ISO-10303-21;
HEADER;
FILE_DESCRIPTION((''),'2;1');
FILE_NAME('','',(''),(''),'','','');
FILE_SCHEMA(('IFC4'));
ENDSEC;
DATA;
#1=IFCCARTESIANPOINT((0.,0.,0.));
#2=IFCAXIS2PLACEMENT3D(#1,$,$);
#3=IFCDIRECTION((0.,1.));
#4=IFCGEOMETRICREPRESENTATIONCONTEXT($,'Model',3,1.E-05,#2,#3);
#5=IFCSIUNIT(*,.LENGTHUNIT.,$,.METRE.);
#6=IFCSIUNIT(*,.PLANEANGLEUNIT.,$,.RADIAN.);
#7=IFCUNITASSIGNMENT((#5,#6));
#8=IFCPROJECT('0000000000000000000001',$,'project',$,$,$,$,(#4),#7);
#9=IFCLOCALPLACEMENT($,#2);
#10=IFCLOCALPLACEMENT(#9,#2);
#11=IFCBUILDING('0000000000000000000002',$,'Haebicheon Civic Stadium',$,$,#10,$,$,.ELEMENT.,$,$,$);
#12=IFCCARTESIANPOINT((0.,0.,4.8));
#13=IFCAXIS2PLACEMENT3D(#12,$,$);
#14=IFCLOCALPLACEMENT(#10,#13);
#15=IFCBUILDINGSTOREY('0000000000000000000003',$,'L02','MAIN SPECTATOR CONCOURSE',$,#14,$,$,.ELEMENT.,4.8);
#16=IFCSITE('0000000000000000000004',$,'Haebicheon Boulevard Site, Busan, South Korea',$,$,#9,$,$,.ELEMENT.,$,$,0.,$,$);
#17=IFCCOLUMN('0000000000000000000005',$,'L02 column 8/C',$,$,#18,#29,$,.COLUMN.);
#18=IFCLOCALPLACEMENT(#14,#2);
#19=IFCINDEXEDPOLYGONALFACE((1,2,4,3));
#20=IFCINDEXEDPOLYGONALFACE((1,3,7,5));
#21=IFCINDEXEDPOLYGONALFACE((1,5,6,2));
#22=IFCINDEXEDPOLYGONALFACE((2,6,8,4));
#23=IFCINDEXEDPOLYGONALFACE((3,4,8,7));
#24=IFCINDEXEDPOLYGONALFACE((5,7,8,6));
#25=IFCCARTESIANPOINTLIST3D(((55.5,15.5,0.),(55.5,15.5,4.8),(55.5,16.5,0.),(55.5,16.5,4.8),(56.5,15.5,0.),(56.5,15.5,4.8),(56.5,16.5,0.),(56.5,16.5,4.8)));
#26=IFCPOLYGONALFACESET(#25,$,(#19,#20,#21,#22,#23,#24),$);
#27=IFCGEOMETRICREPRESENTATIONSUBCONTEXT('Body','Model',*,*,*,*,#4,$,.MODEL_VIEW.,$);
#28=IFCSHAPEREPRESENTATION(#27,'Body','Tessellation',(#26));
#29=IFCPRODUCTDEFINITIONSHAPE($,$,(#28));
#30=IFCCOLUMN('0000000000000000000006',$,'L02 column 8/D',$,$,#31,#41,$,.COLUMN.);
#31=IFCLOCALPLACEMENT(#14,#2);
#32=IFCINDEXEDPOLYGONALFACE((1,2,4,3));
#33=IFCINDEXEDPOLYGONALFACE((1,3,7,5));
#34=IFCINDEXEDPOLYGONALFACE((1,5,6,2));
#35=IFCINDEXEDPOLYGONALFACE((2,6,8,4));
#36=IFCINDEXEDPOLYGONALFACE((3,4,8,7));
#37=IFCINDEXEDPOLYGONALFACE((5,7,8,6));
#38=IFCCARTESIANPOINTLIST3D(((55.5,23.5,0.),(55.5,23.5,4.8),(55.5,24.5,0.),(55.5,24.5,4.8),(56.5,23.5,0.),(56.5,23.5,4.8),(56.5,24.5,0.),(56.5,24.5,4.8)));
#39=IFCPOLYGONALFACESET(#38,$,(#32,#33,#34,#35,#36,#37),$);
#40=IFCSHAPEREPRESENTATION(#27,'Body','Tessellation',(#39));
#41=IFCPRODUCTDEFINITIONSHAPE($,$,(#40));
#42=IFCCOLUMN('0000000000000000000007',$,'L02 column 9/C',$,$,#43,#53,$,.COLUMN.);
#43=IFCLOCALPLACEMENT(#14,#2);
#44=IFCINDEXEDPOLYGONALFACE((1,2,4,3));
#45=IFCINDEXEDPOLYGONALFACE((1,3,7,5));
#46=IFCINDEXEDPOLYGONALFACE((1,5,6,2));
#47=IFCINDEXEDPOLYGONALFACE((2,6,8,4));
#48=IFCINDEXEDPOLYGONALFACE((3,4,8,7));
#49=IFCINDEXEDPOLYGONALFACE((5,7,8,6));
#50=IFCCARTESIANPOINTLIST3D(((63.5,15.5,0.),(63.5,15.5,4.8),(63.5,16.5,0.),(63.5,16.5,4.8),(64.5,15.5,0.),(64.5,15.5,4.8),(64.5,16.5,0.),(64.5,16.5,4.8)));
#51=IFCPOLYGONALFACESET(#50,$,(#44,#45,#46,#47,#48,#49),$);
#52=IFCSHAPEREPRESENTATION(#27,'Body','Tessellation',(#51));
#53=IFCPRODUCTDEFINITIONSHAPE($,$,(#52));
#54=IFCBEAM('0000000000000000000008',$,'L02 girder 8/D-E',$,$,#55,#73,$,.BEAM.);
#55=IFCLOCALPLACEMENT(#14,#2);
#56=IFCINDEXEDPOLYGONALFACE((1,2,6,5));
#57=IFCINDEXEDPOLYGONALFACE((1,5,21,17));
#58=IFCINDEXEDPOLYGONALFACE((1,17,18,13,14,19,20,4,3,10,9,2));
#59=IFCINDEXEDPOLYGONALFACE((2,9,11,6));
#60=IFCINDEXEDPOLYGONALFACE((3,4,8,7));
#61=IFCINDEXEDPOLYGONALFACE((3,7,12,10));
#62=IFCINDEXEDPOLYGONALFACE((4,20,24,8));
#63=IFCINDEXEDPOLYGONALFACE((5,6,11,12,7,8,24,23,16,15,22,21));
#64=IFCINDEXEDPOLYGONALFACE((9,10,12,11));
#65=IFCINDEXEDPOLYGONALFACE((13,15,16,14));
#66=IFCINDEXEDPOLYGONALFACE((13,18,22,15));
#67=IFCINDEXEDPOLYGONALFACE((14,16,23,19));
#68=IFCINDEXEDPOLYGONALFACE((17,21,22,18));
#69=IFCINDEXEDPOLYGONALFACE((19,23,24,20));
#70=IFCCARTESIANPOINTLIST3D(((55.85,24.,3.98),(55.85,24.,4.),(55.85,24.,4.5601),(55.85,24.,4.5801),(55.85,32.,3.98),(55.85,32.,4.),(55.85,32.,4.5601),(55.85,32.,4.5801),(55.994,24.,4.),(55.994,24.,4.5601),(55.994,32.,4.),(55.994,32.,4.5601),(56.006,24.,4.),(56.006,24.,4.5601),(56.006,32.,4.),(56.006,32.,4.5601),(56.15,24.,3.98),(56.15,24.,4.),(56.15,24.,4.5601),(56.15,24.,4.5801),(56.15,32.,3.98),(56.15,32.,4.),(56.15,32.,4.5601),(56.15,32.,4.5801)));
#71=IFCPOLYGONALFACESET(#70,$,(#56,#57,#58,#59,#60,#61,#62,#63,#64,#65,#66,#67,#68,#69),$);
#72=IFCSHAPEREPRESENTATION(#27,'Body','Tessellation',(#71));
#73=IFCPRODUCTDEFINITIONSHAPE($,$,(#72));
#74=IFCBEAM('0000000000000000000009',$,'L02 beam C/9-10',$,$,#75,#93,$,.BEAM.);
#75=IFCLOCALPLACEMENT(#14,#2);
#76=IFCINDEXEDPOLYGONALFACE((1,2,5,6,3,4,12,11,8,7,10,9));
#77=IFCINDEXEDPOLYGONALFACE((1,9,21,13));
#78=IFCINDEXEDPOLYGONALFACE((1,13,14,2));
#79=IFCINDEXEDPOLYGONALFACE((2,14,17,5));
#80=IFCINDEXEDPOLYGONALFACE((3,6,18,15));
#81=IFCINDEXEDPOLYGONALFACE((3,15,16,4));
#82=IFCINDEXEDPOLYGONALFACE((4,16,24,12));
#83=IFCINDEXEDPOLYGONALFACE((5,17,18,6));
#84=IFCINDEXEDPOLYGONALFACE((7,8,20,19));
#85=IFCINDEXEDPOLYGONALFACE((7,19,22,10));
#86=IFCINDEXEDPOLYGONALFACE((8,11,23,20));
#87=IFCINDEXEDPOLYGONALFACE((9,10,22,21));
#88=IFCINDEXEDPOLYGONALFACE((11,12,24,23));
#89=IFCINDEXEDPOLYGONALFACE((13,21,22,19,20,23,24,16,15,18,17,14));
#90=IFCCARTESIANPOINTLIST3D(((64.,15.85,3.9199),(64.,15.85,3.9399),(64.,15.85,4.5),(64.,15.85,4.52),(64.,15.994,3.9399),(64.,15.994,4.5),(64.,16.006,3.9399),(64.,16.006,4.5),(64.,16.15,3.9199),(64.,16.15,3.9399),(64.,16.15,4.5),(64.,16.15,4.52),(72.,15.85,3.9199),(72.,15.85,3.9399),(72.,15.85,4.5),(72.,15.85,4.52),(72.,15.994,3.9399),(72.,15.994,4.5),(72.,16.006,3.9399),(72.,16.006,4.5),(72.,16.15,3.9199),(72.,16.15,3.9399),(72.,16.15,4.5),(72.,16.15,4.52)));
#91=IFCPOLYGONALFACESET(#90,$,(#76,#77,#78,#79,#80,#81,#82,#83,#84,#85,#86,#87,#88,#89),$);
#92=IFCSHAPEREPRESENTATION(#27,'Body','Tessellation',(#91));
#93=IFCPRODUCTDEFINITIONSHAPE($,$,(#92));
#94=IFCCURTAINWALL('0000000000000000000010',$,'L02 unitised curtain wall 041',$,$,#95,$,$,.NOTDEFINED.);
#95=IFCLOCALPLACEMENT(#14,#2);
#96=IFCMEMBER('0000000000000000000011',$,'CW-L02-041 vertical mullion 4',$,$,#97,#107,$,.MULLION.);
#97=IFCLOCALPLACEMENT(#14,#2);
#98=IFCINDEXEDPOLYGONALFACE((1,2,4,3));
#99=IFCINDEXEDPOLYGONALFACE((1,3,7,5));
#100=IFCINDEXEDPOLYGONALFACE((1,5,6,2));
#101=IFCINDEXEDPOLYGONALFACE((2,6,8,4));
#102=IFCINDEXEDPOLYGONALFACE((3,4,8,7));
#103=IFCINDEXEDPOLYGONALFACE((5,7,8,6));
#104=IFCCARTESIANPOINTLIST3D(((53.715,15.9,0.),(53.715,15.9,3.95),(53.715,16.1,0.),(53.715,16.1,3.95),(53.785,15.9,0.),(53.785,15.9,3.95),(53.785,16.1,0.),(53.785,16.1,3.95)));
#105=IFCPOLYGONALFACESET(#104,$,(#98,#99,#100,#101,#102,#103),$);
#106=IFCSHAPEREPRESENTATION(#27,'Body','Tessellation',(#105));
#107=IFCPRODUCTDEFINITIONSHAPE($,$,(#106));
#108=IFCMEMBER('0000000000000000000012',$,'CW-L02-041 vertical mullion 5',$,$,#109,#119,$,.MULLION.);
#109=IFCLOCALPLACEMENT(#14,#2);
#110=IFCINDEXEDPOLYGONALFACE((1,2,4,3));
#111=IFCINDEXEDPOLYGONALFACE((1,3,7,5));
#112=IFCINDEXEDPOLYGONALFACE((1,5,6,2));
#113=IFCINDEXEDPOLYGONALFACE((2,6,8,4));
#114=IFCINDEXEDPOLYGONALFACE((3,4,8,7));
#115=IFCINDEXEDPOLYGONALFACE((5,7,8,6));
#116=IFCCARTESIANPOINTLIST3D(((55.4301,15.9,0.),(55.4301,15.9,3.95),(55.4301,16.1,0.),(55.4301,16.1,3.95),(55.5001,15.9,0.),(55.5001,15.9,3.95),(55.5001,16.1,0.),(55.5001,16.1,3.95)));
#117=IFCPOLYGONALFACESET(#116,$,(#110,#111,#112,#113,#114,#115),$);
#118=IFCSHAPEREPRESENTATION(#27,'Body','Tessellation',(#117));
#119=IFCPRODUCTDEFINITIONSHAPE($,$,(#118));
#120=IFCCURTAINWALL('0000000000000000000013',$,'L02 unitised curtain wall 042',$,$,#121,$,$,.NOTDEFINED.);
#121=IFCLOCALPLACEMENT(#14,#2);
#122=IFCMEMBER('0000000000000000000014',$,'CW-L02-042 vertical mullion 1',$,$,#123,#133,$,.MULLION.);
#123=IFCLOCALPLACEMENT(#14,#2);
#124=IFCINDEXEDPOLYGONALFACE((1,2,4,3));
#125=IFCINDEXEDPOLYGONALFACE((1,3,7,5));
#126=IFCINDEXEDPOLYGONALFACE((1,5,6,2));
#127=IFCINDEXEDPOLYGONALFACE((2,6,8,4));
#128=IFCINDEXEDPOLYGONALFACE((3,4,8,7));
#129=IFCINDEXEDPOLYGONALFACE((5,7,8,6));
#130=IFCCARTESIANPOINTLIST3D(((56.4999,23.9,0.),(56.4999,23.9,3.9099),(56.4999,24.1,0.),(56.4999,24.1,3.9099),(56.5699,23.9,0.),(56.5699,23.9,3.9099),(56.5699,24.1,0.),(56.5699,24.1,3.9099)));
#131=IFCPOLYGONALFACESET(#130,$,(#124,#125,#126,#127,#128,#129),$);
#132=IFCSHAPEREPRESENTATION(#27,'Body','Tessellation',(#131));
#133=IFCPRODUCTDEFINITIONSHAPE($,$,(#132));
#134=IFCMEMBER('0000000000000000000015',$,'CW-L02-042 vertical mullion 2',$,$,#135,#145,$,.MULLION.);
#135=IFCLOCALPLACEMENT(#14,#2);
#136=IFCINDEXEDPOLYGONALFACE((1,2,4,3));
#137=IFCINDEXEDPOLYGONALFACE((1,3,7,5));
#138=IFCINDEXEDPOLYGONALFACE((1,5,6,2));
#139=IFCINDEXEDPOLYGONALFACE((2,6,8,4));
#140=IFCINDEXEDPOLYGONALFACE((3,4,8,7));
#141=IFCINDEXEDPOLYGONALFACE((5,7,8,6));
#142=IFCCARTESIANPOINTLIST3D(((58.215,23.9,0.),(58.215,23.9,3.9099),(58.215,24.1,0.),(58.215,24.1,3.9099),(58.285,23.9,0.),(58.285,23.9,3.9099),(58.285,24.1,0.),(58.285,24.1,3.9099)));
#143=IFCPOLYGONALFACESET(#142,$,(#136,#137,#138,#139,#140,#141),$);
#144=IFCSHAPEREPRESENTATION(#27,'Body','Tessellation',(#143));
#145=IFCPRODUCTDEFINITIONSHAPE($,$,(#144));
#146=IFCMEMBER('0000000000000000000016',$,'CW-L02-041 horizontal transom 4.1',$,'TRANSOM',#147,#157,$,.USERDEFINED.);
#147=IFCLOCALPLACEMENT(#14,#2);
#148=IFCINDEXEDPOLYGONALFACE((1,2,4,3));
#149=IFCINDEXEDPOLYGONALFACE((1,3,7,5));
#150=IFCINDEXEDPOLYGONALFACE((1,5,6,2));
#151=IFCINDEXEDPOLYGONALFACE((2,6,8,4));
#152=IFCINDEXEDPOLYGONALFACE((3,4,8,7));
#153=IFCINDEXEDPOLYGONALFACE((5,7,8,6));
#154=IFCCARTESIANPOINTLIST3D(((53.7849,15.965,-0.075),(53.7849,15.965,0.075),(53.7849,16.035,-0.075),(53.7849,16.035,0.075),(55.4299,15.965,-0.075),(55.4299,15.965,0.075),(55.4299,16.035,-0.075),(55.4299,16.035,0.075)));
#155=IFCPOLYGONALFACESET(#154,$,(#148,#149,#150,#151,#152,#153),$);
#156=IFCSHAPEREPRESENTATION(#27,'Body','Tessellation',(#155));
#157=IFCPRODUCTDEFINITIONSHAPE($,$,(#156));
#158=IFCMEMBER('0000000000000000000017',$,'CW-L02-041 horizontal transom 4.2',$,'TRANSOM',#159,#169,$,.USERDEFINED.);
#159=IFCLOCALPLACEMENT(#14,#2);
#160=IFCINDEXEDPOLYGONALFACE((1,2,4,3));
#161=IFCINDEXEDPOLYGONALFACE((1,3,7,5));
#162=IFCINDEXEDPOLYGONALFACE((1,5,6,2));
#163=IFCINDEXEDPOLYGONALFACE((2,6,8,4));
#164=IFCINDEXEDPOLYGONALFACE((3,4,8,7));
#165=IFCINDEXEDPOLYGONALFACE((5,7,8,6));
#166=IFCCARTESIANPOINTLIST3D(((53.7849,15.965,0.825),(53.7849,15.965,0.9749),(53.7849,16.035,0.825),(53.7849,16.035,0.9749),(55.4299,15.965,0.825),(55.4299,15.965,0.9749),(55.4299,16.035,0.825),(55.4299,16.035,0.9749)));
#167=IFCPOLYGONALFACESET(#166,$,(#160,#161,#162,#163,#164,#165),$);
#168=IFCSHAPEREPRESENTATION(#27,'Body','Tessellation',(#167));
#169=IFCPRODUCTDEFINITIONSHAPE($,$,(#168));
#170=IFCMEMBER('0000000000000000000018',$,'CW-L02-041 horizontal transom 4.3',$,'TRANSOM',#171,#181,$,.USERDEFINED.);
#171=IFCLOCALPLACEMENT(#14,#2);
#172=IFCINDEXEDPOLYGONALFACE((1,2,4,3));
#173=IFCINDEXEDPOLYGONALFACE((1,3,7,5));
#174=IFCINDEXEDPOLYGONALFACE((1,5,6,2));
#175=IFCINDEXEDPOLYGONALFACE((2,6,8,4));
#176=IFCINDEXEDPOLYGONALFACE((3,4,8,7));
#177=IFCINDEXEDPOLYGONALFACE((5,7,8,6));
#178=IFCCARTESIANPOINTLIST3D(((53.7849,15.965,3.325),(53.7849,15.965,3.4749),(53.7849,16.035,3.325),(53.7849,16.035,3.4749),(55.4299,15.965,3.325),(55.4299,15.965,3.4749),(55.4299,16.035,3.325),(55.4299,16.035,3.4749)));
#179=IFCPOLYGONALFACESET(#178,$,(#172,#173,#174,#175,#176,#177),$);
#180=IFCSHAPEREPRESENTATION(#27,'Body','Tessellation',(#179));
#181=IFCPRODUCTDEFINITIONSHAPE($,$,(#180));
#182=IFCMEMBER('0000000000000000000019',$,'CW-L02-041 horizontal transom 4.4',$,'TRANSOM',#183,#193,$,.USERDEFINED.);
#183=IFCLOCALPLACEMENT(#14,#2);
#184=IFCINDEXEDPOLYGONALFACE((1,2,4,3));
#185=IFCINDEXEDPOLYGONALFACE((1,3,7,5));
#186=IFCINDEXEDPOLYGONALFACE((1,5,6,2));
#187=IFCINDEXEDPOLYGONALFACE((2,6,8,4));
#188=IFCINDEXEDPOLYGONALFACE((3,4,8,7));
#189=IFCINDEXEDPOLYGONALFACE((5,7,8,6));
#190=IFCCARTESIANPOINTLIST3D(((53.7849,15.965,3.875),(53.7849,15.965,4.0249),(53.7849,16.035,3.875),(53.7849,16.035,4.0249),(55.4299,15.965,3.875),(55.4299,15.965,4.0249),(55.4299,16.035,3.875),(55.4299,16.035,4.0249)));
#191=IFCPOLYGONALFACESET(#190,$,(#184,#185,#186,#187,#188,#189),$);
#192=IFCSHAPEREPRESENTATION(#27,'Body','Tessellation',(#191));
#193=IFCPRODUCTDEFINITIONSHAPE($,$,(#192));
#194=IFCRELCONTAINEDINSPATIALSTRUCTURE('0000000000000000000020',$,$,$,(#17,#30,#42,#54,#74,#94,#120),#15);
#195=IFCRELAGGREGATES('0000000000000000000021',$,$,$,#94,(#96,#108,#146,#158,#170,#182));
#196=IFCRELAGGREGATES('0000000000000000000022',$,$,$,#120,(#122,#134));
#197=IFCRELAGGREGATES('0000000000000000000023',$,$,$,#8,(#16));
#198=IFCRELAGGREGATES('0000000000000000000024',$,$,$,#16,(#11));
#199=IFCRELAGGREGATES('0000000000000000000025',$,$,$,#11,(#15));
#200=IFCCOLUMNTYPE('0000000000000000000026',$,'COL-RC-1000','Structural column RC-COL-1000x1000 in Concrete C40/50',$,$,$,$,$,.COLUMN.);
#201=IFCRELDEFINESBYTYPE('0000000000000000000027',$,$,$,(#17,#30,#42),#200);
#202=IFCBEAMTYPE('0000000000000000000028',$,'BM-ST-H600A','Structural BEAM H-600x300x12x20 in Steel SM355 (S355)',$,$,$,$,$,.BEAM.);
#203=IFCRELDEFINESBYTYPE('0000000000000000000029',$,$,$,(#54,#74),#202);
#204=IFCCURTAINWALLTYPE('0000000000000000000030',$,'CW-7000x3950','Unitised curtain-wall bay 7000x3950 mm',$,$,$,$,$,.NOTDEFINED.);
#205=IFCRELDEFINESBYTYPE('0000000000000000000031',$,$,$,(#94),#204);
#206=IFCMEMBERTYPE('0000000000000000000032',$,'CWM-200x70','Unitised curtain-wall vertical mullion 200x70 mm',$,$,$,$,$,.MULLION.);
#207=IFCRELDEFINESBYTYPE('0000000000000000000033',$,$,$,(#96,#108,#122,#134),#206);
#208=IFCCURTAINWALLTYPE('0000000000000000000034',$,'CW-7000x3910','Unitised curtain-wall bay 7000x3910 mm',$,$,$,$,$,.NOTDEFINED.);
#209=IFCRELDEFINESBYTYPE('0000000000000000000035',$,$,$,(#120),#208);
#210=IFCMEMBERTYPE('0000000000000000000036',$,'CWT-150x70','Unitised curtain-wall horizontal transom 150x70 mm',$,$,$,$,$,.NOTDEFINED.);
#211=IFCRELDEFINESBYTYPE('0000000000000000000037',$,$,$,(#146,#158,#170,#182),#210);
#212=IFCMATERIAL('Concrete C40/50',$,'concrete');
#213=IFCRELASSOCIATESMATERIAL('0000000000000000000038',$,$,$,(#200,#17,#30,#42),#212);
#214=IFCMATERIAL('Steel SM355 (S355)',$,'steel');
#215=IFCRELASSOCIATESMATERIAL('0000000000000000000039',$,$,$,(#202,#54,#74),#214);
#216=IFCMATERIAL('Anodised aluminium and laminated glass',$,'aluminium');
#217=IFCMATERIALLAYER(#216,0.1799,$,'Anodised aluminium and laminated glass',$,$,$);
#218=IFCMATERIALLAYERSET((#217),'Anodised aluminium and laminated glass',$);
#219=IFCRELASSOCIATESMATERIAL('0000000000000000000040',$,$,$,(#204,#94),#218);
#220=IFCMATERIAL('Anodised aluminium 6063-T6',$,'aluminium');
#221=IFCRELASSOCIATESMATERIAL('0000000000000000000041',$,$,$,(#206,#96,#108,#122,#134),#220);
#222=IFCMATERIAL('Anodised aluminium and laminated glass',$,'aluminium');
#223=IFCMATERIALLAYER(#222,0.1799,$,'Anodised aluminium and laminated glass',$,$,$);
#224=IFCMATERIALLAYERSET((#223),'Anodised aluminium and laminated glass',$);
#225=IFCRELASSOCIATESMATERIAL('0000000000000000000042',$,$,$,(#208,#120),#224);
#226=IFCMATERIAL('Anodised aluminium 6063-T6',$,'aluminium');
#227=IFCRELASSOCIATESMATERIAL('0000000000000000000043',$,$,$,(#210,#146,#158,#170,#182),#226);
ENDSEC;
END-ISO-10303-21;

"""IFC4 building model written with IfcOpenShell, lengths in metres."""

from ifc_helpers import new_model, si_unit, direction, frame, origin, origin_2d, place, context, subcontext, project, spatial, rectangle, i_section, extrude, material, layer, layer_set, material_profile, profile_set, type_object, element, aggregate, save


model = new_model("IFC4")

# Units and contexts
model_context = context("Model", 3, precision=1e-05, world=origin(), true_north=direction((0.0, 1.0)))
body_context = subcontext(model_context, "Body", "Model", "MODEL_VIEW")
ifc_project = project(units=[si_unit("LENGTHUNIT", "METRE"), si_unit("PLANEANGLEUNIT", "RADIAN")], contexts=[model_context])

# Site, building, storey
site_placement = place(None, origin())
site = spatial("IfcSite", under=ifc_project, at=site_placement, Name="Haebicheon Boulevard Site, Busan, South Korea", CompositionType="ELEMENT", RefElevation=0.0)
building_placement = place(site_placement, origin())
building = spatial("IfcBuilding", under=site, at=building_placement, Name="Haebicheon Civic Stadium", CompositionType="ELEMENT")
storey_placement = place(building_placement, frame((0.0, 0.0, 4.8)))
storey = spatial("IfcBuildingStorey", under=building, at=storey_placement, Name="L02", Description="MAIN SPECTATOR CONCOURSE", CompositionType="ELEMENT", Elevation=4.8)

# Columns
ifc_material_1 = material(Name="Concrete C40/50", Category="concrete")
ifc_material_profile_1 = material_profile(ifc_material_1, rectangle(XDim=1.0, YDim=1.0, at=origin_2d()), Name="RC-COL-1000x1000")
ifc_profile_set_1 = profile_set([ifc_material_profile_1], Name="Concrete C40/50")
column_type = type_object("IfcColumnType", Name="COL-RC-1000", Description="Structural column RC-COL-1000x1000 in Concrete C40/50", PredefinedType="COLUMN", material=ifc_profile_set_1)
for number, where, z_axis, x_axis, name in (
    (1, (56.0, 16.0, 0.0), (0.0, 0.0, 1.0), (1.0, 0.0, 0.0), "L02 column 8/C"),
    (2, (56.0, 24.0, 0.0), (0.0, 0.0, 1.0), (1.0, 0.0, 0.0), "L02 column 8/D"),
    (3, (64.0, 16.0, 0.0), (0.0, 0.0, 1.0), (1.0, 0.0, 0.0), "L02 column 9/C"),
):
    element("IfcColumn", number, at=place(storey_placement, frame(where, z_axis=z_axis, x_axis=x_axis)), inside=storey, type_object=column_type, material=ifc_profile_set_1, Name=name, PredefinedType="COLUMN", context=body_context, shape_type="SweptSolid", body=[
        extrude(rectangle(XDim=1.0, YDim=1.0, at=origin_2d()), origin(), (0.0, 0.0, 1.0), 4.8),
    ])

# Beams
ifc_material_2 = material(Name="Steel SM355 (S355)", Category="steel")
ifc_material_profile_2 = material_profile(ifc_material_2, i_section(OverallWidth=0.3, OverallDepth=0.6001, WebThickness=0.012, FlangeThickness=0.02, at=origin_2d()), Name="H-600x300x12x20")
ifc_profile_set_2 = profile_set([ifc_material_profile_2], Name="Steel SM355 (S355)")
beam_type_1 = type_object("IfcBeamType", Name="BM-ST-H600A", Description="Structural BEAM H-600x300x12x20 in Steel SM355 (S355)", PredefinedType="BEAM", material=ifc_profile_set_2)
for number, where, z_axis, x_axis, name in (
    (4, (56.0, 24.0, 4.28), (0.0, 1.0, 0.0), (-1.0, 0.0, 0.0), "L02 girder 8/D-E"),
    (5, (64.0, 16.0, 4.22), (1.0, 0.0, 0.0), (0.0, 1.0, 0.0), "L02 beam C/9-10"),
):
    element("IfcBeam", number, at=place(storey_placement, frame(where, z_axis=z_axis, x_axis=x_axis)), inside=storey, type_object=beam_type_1, material=ifc_profile_set_2, Name=name, PredefinedType="BEAM", context=body_context, shape_type="SweptSolid", body=[
        extrude(i_section(OverallWidth=0.3, OverallDepth=0.6001, WebThickness=0.012, FlangeThickness=0.02, at=origin_2d()), origin(), (0.0, 0.0, 1.0), 8.0),
    ])

# Curtain walls, members
ifc_material_3 = material(Name="Anodised aluminium and laminated glass", Category="aluminium")
ifc_layer_1 = layer(ifc_material_3, 0.1799, Name="Anodised aluminium and laminated glass")
ifc_layer_set_1 = layer_set([ifc_layer_1], Name="Anodised aluminium and laminated glass")
curtain_wall_type_1 = type_object("IfcCurtainWallType", Name="CW-7000x3950", Description="Unitised curtain-wall bay 7000x3950 mm", PredefinedType="NOTDEFINED", material=ifc_layer_set_1)
curtain_wall_1_placement = place(storey_placement, origin())
curtain_wall_1 = element("IfcCurtainWall", 6, at=curtain_wall_1_placement, inside=storey, type_object=curtain_wall_type_1, material=ifc_layer_set_1, Name="L02 unitised curtain wall 041", PredefinedType="NOTDEFINED")
ifc_material_4 = material(Name="Anodised aluminium 6063-T6", Category="aluminium")
ifc_material_profile_3 = material_profile(ifc_material_4, rectangle(XDim=0.0701, YDim=0.2, at=origin_2d()), Name="ALU-MULL-70x200")
ifc_profile_set_3 = profile_set([ifc_material_profile_3], Name="Anodised aluminium 6063-T6")
member_type_1 = type_object("IfcMemberType", Name="CWM-200x70", Description="Unitised curtain-wall vertical mullion 200x70 mm", PredefinedType="MULLION", material=ifc_profile_set_3)
member_1_placement = place(storey_placement, frame((53.75, 16.0, 0.0), z_axis=(0.0, 0.0, 1.0), x_axis=(1.0, 0.0, 0.0)))
member_1 = element("IfcMember", 7, at=member_1_placement, type_object=member_type_1, material=ifc_profile_set_3, Name="CW-L02-041 vertical mullion 4", PredefinedType="MULLION", context=body_context, shape_type="SweptSolid", body=[
    extrude(rectangle(XDim=0.0701, YDim=0.2, at=origin_2d()), origin(), (0.0, 0.0, 1.0), 3.95),
])
member_2_placement = place(storey_placement, frame((55.4651, 16.0, 0.0), z_axis=(0.0, 0.0, 1.0), x_axis=(1.0, 0.0, 0.0)))
member_2 = element("IfcMember", 8, at=member_2_placement, type_object=member_type_1, material=ifc_profile_set_3, Name="CW-L02-041 vertical mullion 5", PredefinedType="MULLION", context=body_context, shape_type="SweptSolid", body=[
    extrude(rectangle(XDim=0.0701, YDim=0.2, at=origin_2d()), origin(), (0.0, 0.0, 1.0), 3.95),
])
ifc_material_5 = material(Name="Anodised aluminium and laminated glass", Category="aluminium")
ifc_layer_2 = layer(ifc_material_5, 0.1799, Name="Anodised aluminium and laminated glass")
ifc_layer_set_2 = layer_set([ifc_layer_2], Name="Anodised aluminium and laminated glass")
curtain_wall_type_2 = type_object("IfcCurtainWallType", Name="CW-7000x3910", Description="Unitised curtain-wall bay 7000x3910 mm", PredefinedType="NOTDEFINED", material=ifc_layer_set_2)
curtain_wall_2_placement = place(storey_placement, origin())
curtain_wall_2 = element("IfcCurtainWall", 9, at=curtain_wall_2_placement, inside=storey, type_object=curtain_wall_type_2, material=ifc_layer_set_2, Name="L02 unitised curtain wall 042", PredefinedType="NOTDEFINED")
member_3_placement = place(storey_placement, frame((56.5349, 24.0, 0.0), z_axis=(0.0, 0.0, 1.0), x_axis=(1.0, 0.0, 0.0)))
member_3 = element("IfcMember", 10, at=member_3_placement, type_object=member_type_1, material=ifc_profile_set_3, Name="CW-L02-042 vertical mullion 1", PredefinedType="MULLION", context=body_context, shape_type="SweptSolid", body=[
    extrude(rectangle(XDim=0.0701, YDim=0.2, at=origin_2d()), origin(), (0.0, 0.0, 1.0), 3.9099),
])
member_4_placement = place(storey_placement, frame((58.25, 24.0, 0.0), z_axis=(0.0, 0.0, 1.0), x_axis=(1.0, 0.0, 0.0)))
member_4 = element("IfcMember", 11, at=member_4_placement, type_object=member_type_1, material=ifc_profile_set_3, Name="CW-L02-042 vertical mullion 2", PredefinedType="MULLION", context=body_context, shape_type="SweptSolid", body=[
    extrude(rectangle(XDim=0.0701, YDim=0.2, at=origin_2d()), origin(), (0.0, 0.0, 1.0), 3.9099),
])

# Members
ifc_material_6 = material(Name="Anodised aluminium 6063-T6", Category="aluminium")
ifc_material_profile_4 = material_profile(ifc_material_6, rectangle(XDim=0.0701, YDim=0.1499, at=origin_2d()), Name="ALU-TRAN-70x150")
ifc_profile_set_4 = profile_set([ifc_material_profile_4], Name="Anodised aluminium 6063-T6")
member_type_2 = type_object("IfcMemberType", Name="CWT-150x70", Description="Unitised curtain-wall horizontal transom 150x70 mm", PredefinedType="NOTDEFINED", material=ifc_profile_set_4)
member_5_placement = place(storey_placement, frame((53.7849, 16.0, 0.0), z_axis=(1.0, 0.0, 0.0), x_axis=(0.0, 1.0, 0.0)))
member_5 = element("IfcMember", 12, at=member_5_placement, type_object=member_type_2, material=ifc_profile_set_4, Name="CW-L02-041 horizontal transom 4.1", ObjectType="TRANSOM", PredefinedType="USERDEFINED", context=body_context, shape_type="SweptSolid", body=[
    extrude(rectangle(XDim=0.0701, YDim=0.1499, at=origin_2d()), origin(), (0.0, 0.0, 1.0), 1.645),
])
member_6_placement = place(storey_placement, frame((53.7849, 16.0, 0.8999), z_axis=(1.0, 0.0, 0.0), x_axis=(0.0, 1.0, 0.0)))
member_6 = element("IfcMember", 13, at=member_6_placement, type_object=member_type_2, material=ifc_profile_set_4, Name="CW-L02-041 horizontal transom 4.2", ObjectType="TRANSOM", PredefinedType="USERDEFINED", context=body_context, shape_type="SweptSolid", body=[
    extrude(rectangle(XDim=0.0701, YDim=0.1499, at=origin_2d()), origin(), (0.0, 0.0, 1.0), 1.645),
])
member_7_placement = place(storey_placement, frame((53.7849, 16.0, 3.3999), z_axis=(1.0, 0.0, 0.0), x_axis=(0.0, 1.0, 0.0)))
member_7 = element("IfcMember", 14, at=member_7_placement, type_object=member_type_2, material=ifc_profile_set_4, Name="CW-L02-041 horizontal transom 4.3", ObjectType="TRANSOM", PredefinedType="USERDEFINED", context=body_context, shape_type="SweptSolid", body=[
    extrude(rectangle(XDim=0.0701, YDim=0.1499, at=origin_2d()), origin(), (0.0, 0.0, 1.0), 1.645),
])
member_8_placement = place(storey_placement, frame((53.7849, 16.0, 3.95), z_axis=(1.0, 0.0, 0.0), x_axis=(0.0, 1.0, 0.0)))
member_8 = element("IfcMember", 15, at=member_8_placement, type_object=member_type_2, material=ifc_profile_set_4, Name="CW-L02-041 horizontal transom 4.4", ObjectType="TRANSOM", PredefinedType="USERDEFINED", context=body_context, shape_type="SweptSolid", body=[
    extrude(rectangle(XDim=0.0701, YDim=0.1499, at=origin_2d()), origin(), (0.0, 0.0, 1.0), 1.645),
])

aggregate(curtain_wall_1, [member_1, member_2, member_5, member_6, member_7, member_8])
aggregate(curtain_wall_2, [member_3, member_4])

save(model, "model.ifc")
